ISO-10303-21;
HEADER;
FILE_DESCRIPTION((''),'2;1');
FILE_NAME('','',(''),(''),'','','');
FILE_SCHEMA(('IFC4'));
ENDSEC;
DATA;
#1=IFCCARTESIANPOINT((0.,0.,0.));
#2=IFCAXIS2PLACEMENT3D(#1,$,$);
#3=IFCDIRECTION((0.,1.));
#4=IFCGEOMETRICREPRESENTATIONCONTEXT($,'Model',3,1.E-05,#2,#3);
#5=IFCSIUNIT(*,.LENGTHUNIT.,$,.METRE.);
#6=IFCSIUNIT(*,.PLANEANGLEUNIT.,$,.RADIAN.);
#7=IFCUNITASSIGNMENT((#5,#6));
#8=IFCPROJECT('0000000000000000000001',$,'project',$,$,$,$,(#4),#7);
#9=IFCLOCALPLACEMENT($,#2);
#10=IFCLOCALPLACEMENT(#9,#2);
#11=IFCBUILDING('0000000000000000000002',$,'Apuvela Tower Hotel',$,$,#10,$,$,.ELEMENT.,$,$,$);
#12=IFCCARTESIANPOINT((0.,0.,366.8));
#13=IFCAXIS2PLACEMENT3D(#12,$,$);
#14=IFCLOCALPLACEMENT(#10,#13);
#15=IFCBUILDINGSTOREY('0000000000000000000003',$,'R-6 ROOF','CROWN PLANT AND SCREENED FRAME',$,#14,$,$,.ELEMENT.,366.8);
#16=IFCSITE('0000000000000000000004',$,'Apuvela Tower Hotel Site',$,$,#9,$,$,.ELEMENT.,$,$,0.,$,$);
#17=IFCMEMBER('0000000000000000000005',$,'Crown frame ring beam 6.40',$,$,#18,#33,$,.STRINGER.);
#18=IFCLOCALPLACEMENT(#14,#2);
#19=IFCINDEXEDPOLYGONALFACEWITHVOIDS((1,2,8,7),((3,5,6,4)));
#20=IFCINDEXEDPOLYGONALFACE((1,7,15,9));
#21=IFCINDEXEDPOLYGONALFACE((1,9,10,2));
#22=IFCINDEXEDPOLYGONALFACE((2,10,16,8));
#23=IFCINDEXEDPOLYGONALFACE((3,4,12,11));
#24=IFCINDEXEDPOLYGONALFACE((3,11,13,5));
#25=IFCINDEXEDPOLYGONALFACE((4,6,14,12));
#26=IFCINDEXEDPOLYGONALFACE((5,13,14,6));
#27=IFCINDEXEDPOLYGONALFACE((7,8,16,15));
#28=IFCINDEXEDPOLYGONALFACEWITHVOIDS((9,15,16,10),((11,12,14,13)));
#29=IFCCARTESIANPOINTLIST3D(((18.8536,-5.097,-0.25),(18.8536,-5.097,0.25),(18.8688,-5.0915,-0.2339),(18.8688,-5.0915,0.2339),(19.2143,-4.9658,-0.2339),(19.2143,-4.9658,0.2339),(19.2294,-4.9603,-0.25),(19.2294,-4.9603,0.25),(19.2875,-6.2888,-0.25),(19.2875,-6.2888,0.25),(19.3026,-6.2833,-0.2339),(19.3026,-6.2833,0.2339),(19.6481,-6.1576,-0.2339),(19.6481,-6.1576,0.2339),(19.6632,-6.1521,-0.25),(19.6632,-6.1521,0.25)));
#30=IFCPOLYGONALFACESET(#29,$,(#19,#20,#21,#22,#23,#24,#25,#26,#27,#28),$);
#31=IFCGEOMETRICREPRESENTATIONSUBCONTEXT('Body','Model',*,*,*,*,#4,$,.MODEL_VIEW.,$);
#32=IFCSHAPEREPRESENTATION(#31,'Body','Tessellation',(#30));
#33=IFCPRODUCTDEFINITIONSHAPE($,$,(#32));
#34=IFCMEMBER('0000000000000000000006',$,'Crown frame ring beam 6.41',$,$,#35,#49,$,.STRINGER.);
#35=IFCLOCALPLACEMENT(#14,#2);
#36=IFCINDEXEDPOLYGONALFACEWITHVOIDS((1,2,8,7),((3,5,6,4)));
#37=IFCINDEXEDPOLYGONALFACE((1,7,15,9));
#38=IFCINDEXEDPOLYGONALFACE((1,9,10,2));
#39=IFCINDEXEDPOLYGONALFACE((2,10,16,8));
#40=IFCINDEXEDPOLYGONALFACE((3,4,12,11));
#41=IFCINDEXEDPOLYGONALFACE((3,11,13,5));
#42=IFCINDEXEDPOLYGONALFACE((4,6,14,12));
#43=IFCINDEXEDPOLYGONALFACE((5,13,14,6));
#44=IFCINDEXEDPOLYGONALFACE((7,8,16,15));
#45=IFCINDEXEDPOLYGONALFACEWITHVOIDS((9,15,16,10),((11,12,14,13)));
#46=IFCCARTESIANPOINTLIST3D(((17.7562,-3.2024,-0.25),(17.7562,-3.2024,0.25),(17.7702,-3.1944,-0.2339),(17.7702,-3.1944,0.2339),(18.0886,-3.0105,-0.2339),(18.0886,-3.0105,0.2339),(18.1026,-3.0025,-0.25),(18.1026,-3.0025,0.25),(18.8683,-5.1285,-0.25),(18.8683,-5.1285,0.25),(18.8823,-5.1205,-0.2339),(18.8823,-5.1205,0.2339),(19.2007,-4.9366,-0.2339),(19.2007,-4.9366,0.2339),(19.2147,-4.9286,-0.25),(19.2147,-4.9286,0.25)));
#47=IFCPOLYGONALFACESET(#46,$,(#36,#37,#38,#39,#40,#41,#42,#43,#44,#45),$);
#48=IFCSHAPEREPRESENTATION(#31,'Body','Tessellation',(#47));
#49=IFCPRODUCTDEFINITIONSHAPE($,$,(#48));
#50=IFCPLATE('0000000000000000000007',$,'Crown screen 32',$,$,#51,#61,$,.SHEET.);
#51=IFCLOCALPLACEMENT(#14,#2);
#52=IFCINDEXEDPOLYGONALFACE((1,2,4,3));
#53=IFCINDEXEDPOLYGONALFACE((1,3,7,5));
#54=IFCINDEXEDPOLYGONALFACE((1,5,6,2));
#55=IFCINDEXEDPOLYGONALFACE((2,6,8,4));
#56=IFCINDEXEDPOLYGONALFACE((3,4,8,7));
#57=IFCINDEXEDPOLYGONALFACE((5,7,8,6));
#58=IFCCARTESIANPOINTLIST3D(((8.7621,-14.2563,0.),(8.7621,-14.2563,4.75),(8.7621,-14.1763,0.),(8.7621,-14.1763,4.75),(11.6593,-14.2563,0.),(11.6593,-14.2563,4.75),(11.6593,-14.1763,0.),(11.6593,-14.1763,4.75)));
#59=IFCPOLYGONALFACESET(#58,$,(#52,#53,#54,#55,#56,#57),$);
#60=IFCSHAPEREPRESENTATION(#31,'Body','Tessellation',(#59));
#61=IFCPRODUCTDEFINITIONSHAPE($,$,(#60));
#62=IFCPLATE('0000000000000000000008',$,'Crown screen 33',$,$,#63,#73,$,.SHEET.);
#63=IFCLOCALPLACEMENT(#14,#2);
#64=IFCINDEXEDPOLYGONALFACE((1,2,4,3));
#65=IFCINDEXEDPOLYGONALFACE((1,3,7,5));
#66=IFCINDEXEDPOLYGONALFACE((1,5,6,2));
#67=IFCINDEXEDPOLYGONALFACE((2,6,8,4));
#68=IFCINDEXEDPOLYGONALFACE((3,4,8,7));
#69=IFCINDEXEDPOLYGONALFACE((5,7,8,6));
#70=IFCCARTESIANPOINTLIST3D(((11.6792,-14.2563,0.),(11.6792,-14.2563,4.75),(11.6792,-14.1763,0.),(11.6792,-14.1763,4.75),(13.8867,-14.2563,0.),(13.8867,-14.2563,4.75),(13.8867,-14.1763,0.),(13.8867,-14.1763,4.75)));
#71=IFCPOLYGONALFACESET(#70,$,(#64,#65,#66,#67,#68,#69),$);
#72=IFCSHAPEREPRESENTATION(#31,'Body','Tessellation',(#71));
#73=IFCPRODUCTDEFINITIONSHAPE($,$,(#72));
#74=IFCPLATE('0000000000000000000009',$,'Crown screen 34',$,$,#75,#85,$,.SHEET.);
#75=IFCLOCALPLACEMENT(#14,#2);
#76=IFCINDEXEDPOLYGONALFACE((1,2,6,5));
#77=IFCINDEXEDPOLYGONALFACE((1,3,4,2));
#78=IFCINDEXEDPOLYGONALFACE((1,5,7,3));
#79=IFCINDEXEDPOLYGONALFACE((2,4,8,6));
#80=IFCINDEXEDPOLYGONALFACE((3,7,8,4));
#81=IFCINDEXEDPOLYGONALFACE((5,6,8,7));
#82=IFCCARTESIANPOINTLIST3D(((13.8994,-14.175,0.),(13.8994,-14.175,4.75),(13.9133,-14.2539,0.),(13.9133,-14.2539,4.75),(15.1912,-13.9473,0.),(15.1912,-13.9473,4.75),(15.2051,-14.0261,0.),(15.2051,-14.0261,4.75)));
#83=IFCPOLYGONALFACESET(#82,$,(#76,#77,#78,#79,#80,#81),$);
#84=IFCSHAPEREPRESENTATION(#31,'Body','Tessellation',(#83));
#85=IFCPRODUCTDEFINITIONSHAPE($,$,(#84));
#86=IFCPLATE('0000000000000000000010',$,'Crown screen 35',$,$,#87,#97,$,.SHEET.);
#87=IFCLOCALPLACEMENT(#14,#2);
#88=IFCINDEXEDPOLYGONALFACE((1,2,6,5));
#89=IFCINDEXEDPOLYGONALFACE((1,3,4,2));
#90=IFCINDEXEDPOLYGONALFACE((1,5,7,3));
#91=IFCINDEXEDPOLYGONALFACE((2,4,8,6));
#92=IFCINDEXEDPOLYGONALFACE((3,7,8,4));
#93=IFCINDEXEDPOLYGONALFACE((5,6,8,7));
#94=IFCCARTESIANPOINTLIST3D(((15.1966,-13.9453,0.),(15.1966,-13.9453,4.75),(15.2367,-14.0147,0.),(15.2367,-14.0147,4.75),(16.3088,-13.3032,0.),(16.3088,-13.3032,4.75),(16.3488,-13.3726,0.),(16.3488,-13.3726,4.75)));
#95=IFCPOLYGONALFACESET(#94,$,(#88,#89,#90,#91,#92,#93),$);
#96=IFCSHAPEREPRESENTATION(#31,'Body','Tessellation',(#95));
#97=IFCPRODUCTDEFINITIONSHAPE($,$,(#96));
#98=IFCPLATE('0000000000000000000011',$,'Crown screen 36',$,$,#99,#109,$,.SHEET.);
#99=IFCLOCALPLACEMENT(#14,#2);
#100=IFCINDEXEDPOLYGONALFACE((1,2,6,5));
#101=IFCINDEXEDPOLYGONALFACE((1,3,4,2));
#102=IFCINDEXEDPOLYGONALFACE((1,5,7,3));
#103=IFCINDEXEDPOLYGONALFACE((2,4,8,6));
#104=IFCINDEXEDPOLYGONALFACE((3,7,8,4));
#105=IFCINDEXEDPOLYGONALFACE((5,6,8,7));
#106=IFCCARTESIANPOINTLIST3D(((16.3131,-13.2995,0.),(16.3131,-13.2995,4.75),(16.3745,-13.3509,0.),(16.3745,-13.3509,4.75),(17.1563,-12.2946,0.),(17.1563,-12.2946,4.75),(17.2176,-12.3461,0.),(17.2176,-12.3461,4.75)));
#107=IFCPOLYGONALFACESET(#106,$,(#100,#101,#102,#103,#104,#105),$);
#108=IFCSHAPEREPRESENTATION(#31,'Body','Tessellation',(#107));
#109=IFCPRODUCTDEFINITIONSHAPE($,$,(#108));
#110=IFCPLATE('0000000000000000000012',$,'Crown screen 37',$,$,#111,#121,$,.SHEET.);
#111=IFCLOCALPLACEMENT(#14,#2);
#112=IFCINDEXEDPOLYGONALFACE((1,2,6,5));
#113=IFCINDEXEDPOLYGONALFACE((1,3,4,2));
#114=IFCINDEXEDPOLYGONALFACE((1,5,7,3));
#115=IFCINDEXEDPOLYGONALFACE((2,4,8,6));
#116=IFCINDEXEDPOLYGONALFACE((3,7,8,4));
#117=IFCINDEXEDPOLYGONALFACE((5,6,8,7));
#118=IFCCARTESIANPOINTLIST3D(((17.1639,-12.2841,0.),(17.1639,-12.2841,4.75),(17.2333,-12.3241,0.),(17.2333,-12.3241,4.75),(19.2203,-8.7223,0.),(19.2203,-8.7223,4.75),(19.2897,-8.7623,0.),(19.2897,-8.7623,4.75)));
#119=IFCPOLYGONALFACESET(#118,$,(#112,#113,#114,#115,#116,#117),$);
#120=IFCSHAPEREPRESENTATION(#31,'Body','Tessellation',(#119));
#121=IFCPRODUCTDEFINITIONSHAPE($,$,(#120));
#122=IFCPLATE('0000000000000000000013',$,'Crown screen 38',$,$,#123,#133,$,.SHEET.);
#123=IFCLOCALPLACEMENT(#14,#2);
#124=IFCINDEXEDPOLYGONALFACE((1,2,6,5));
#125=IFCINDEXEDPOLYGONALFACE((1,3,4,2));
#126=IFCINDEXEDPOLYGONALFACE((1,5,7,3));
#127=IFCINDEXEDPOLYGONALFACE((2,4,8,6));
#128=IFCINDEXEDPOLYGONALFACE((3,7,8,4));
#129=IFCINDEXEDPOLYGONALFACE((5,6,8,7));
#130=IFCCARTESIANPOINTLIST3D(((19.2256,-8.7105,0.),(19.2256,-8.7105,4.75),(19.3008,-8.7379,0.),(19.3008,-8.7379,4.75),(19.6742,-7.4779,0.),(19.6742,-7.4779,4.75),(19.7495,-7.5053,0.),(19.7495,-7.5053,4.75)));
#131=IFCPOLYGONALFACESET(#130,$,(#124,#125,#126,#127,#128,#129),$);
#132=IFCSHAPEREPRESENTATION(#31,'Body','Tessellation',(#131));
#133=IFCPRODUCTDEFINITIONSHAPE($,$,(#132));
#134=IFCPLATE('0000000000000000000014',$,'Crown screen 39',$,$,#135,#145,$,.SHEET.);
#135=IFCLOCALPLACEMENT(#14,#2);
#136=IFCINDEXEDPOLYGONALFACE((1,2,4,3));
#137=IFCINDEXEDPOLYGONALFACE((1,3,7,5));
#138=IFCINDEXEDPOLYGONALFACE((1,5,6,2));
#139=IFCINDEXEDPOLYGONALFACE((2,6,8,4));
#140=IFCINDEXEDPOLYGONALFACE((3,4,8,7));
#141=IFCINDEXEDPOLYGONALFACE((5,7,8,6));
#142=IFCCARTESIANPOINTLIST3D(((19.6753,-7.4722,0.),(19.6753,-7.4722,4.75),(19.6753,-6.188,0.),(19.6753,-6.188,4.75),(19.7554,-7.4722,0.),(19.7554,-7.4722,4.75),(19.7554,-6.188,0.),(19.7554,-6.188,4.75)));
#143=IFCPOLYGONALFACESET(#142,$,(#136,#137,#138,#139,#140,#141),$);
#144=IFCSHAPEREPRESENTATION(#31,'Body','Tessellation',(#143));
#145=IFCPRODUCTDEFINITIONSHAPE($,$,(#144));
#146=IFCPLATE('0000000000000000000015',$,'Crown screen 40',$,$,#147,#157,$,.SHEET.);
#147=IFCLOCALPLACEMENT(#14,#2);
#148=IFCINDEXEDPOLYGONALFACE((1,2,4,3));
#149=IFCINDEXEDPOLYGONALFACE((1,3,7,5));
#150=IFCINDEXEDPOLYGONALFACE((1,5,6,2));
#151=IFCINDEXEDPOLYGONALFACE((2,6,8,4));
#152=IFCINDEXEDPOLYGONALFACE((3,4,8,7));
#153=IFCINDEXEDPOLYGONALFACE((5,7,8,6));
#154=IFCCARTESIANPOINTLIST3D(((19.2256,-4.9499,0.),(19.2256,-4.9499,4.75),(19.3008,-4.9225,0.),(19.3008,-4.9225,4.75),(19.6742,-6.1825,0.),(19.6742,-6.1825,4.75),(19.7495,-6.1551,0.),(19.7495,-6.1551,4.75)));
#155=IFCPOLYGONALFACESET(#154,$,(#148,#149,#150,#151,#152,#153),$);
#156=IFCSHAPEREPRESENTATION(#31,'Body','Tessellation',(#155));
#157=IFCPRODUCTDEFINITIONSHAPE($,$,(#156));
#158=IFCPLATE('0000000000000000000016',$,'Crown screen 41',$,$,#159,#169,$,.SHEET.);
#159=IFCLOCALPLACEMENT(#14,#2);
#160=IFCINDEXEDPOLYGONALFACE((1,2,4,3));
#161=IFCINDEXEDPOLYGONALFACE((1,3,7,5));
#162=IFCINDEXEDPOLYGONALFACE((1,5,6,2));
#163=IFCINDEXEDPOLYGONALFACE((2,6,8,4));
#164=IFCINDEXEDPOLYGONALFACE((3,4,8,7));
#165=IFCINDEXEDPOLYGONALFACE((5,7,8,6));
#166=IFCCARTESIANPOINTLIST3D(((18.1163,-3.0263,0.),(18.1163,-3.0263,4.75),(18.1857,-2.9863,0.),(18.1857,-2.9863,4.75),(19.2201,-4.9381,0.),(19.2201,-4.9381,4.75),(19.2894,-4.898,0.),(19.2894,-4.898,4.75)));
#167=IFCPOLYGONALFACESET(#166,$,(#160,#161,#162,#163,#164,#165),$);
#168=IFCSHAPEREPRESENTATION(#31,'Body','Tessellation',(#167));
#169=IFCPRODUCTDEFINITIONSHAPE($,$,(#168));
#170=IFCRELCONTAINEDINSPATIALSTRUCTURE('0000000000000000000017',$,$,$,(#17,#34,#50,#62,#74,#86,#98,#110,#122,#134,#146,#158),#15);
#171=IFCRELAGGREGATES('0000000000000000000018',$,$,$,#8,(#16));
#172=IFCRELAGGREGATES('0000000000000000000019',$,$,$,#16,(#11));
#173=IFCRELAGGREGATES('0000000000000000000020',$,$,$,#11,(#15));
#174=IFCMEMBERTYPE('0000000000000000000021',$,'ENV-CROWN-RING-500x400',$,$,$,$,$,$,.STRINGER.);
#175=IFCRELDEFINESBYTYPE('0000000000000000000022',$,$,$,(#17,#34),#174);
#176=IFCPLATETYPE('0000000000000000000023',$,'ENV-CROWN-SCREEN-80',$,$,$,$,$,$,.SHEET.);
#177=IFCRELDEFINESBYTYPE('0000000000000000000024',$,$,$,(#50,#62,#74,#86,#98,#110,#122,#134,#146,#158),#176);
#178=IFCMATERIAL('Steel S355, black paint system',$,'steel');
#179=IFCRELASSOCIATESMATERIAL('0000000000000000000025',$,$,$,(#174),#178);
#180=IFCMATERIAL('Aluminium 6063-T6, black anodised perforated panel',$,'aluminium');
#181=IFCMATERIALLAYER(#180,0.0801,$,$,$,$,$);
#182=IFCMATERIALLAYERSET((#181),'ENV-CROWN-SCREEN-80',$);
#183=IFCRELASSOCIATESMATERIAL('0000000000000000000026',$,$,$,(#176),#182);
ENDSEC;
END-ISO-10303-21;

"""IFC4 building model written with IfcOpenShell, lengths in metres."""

from ifc_helpers import new_model, si_unit, direction, frame, origin, origin_2d, place, context, subcontext, project, spatial, rectangle, hollow_rectangle, extrude, material, layer, layer_set, material_profile, profile_set, type_object, element, save


model = new_model("IFC4")

# Units and contexts
model_context = context("Model", 3, precision=1e-05, world=origin(), true_north=direction((0.0, 1.0)))
body_context = subcontext(model_context, "Body", "Model", "MODEL_VIEW")
ifc_project = project(units=[si_unit("LENGTHUNIT", "METRE"), si_unit("PLANEANGLEUNIT", "RADIAN")], contexts=[model_context])

# Site, building, storey
site_placement = place(None, origin())
site = spatial("IfcSite", under=ifc_project, at=site_placement, Name="Apuvela Tower Hotel Site", CompositionType="ELEMENT", RefElevation=0.0)
building_placement = place(site_placement, origin())
building = spatial("IfcBuilding", under=site, at=building_placement, Name="Apuvela Tower Hotel", CompositionType="ELEMENT")
storey_placement = place(building_placement, frame((0.0, 0.0, 366.8)))
storey = spatial("IfcBuildingStorey", under=building, at=storey_placement, Name="R-6 ROOF", Description="CROWN PLANT AND SCREENED FRAME", CompositionType="ELEMENT", Elevation=366.8)

# Members
ifc_material_1 = material(Name="Steel S355, black paint system", Category="steel")
ifc_material_profile_1 = material_profile(ifc_material_1, hollow_rectangle(XDim=0.3999, YDim=0.5, WallThickness=0.0161, at=origin_2d()), Name="HSS 500x400x16")
ifc_profile_set_1 = profile_set([ifc_material_profile_1], Name="Steel S355, black paint system")
member_type_1 = type_object("IfcMemberType", Name="ENV-CROWN-RING-500x400", PredefinedType="STRINGER", material=ifc_profile_set_1)
member_1_placement = place(storey_placement, frame((19.4753, -6.2205, 0.0), z_axis=(-0.342037, 0.939687, 0.0), x_axis=(-0.939687, -0.342037, 0.0)))
element("IfcMember", 1, at=member_1_placement, inside=storey, type_object=member_type_1, Name="Crown frame ring beam 6.40", PredefinedType="STRINGER", context=body_context, shape_type="SweptSolid", body=[
    extrude(hollow_rectangle(XDim=0.3999, YDim=0.5, WallThickness=0.0161, at=origin_2d()), origin(), (0.0, 0.0, 1.0), 1.2683),
])
member_2_placement = place(storey_placement, frame((19.0415, -5.0286, 0.0), z_axis=(-0.500023, 0.866012, 0.0), x_axis=(-0.866012, -0.500023, 0.0)))
element("IfcMember", 2, at=member_2_placement, inside=storey, type_object=member_type_1, Name="Crown frame ring beam 6.41", PredefinedType="STRINGER", context=body_context, shape_type="SweptSolid", body=[
    extrude(hollow_rectangle(XDim=0.3999, YDim=0.5, WallThickness=0.0161, at=origin_2d()), origin(), (0.0, 0.0, 1.0), 2.2241),
])

# Plates
ifc_material_2 = material(Name="Aluminium 6063-T6, black anodised perforated panel", Category="aluminium")
ifc_layer = layer(ifc_material_2, 0.0801)
ifc_layer_set = layer_set([ifc_layer], Name="ENV-CROWN-SCREEN-80")
plate_type = type_object("IfcPlateType", Name="ENV-CROWN-SCREEN-80", PredefinedType="SHEET", material=ifc_layer_set)
plate_1_placement = place(storey_placement, frame((10.2107, -14.2163, 0.0), z_axis=(0.0, 0.0, 1.0), x_axis=(1.0, 0.0, 0.0)))
element("IfcPlate", 3, at=plate_1_placement, inside=storey, type_object=plate_type, Name="Crown screen 32", PredefinedType="SHEET", context=body_context, shape_type="SweptSolid", body=[
    extrude(rectangle(XDim=2.8972, YDim=0.0801, at=origin_2d()), origin(), (0.0, 0.0, 1.0), 4.75),
])
plate_2_placement = place(storey_placement, frame((12.783, -14.2163, 0.0), z_axis=(0.0, 0.0, 1.0), x_axis=(1.0, 0.0, 0.0)))
element("IfcPlate", 4, at=plate_2_placement, inside=storey, type_object=plate_type, Name="Crown screen 33", PredefinedType="SHEET", context=body_context, shape_type="SweptSolid", body=[
    extrude(rectangle(XDim=2.2075, YDim=0.0801, at=origin_2d()), origin(), (0.0, 0.0, 1.0), 4.75),
])
plate_3_placement = place(storey_placement, frame((14.5522, -14.1006, 0.0), z_axis=(0.0, 0.0, 1.0), x_axis=(0.984808, 0.173648, 0.0)))
element("IfcPlate", 5, at=plate_3_placement, inside=storey, type_object=plate_type, Name="Crown screen 34", PredefinedType="SHEET", context=body_context, shape_type="SweptSolid", body=[
    extrude(rectangle(XDim=1.3118, YDim=0.0801, at=origin_2d()), origin(), (0.0, 0.0, 1.0), 4.75),
])
plate_4_placement = place(storey_placement, frame((15.7727, -13.6589, 0.0), z_axis=(0.0, 0.0, 1.0), x_axis=(0.866025, 0.5, 0.0)))
element("IfcPlate", 6, at=plate_4_placement, inside=storey, type_object=plate_type, Name="Crown screen 35", PredefinedType="SHEET", context=body_context, shape_type="SweptSolid", body=[
    extrude(rectangle(XDim=1.2842, YDim=0.0801, at=origin_2d()), origin(), (0.0, 0.0, 1.0), 4.75),
])
plate_5_placement = place(storey_placement, frame((16.7654, -12.8228, 0.0), z_axis=(0.0, 0.0, 1.0), x_axis=(0.642788, 0.766044, 0.0)))
element("IfcPlate", 7, at=plate_5_placement, inside=storey, type_object=plate_type, Name="Crown screen 36", PredefinedType="SHEET", context=body_context, shape_type="SweptSolid", body=[
    extrude(rectangle(XDim=1.3118, YDim=0.0801, at=origin_2d()), origin(), (0.0, 0.0, 1.0), 4.75),
])
plate_6_placement = place(storey_placement, frame((18.2268, -10.5232, 0.0), z_axis=(0.0, 0.0, 1.0), x_axis=(0.5, 0.866025, 0.0)))
element("IfcPlate", 8, at=plate_6_placement, inside=storey, type_object=plate_type, Name="Crown screen 37", PredefinedType="SHEET", context=body_context, shape_type="SweptSolid", body=[
    extrude(rectangle(XDim=4.1128, YDim=0.0801, at=origin_2d()), origin(), (0.0, 0.0, 1.0), 4.75),
])
plate_7_placement = place(storey_placement, frame((19.4875, -8.1079, 0.0), z_axis=(0.0, 0.0, 1.0), x_axis=(0.34202, 0.939693, 0.0)))
element("IfcPlate", 9, at=plate_7_placement, inside=storey, type_object=plate_type, Name="Crown screen 38", PredefinedType="SHEET", context=body_context, shape_type="SweptSolid", body=[
    extrude(rectangle(XDim=1.3118, YDim=0.0801, at=origin_2d()), origin(), (0.0, 0.0, 1.0), 4.75),
])
plate_8_placement = place(storey_placement, frame((19.7153, -6.8301, 0.0), z_axis=(0.0, 0.0, 1.0), x_axis=(0.0, 1.0, 0.0)))
element("IfcPlate", 10, at=plate_8_placement, inside=storey, type_object=plate_type, Name="Crown screen 39", PredefinedType="SHEET", context=body_context, shape_type="SweptSolid", body=[
    extrude(rectangle(XDim=1.2842, YDim=0.0801, at=origin_2d()), origin(), (0.0, 0.0, 1.0), 4.75),
])
plate_9_placement = place(storey_placement, frame((19.4875, -5.5525, 0.0), z_axis=(0.0, 0.0, 1.0), x_axis=(-0.34202, 0.939693, 0.0)))
element("IfcPlate", 11, at=plate_9_placement, inside=storey, type_object=plate_type, Name="Crown screen 40", PredefinedType="SHEET", context=body_context, shape_type="SweptSolid", body=[
    extrude(rectangle(XDim=1.3118, YDim=0.0801, at=origin_2d()), origin(), (0.0, 0.0, 1.0), 4.75),
])
plate_10_placement = place(storey_placement, frame((18.7029, -3.9622, 0.0), z_axis=(0.0, 0.0, 1.0), x_axis=(-0.5, 0.866025, 0.0)))
element("IfcPlate", 12, at=plate_10_placement, inside=storey, type_object=plate_type, Name="Crown screen 41", PredefinedType="SHEET", context=body_context, shape_type="SweptSolid", body=[
    extrude(rectangle(XDim=2.2075, YDim=0.0801, at=origin_2d()), origin(), (0.0, 0.0, 1.0), 4.75),
])

save(model, "model.ifc")
